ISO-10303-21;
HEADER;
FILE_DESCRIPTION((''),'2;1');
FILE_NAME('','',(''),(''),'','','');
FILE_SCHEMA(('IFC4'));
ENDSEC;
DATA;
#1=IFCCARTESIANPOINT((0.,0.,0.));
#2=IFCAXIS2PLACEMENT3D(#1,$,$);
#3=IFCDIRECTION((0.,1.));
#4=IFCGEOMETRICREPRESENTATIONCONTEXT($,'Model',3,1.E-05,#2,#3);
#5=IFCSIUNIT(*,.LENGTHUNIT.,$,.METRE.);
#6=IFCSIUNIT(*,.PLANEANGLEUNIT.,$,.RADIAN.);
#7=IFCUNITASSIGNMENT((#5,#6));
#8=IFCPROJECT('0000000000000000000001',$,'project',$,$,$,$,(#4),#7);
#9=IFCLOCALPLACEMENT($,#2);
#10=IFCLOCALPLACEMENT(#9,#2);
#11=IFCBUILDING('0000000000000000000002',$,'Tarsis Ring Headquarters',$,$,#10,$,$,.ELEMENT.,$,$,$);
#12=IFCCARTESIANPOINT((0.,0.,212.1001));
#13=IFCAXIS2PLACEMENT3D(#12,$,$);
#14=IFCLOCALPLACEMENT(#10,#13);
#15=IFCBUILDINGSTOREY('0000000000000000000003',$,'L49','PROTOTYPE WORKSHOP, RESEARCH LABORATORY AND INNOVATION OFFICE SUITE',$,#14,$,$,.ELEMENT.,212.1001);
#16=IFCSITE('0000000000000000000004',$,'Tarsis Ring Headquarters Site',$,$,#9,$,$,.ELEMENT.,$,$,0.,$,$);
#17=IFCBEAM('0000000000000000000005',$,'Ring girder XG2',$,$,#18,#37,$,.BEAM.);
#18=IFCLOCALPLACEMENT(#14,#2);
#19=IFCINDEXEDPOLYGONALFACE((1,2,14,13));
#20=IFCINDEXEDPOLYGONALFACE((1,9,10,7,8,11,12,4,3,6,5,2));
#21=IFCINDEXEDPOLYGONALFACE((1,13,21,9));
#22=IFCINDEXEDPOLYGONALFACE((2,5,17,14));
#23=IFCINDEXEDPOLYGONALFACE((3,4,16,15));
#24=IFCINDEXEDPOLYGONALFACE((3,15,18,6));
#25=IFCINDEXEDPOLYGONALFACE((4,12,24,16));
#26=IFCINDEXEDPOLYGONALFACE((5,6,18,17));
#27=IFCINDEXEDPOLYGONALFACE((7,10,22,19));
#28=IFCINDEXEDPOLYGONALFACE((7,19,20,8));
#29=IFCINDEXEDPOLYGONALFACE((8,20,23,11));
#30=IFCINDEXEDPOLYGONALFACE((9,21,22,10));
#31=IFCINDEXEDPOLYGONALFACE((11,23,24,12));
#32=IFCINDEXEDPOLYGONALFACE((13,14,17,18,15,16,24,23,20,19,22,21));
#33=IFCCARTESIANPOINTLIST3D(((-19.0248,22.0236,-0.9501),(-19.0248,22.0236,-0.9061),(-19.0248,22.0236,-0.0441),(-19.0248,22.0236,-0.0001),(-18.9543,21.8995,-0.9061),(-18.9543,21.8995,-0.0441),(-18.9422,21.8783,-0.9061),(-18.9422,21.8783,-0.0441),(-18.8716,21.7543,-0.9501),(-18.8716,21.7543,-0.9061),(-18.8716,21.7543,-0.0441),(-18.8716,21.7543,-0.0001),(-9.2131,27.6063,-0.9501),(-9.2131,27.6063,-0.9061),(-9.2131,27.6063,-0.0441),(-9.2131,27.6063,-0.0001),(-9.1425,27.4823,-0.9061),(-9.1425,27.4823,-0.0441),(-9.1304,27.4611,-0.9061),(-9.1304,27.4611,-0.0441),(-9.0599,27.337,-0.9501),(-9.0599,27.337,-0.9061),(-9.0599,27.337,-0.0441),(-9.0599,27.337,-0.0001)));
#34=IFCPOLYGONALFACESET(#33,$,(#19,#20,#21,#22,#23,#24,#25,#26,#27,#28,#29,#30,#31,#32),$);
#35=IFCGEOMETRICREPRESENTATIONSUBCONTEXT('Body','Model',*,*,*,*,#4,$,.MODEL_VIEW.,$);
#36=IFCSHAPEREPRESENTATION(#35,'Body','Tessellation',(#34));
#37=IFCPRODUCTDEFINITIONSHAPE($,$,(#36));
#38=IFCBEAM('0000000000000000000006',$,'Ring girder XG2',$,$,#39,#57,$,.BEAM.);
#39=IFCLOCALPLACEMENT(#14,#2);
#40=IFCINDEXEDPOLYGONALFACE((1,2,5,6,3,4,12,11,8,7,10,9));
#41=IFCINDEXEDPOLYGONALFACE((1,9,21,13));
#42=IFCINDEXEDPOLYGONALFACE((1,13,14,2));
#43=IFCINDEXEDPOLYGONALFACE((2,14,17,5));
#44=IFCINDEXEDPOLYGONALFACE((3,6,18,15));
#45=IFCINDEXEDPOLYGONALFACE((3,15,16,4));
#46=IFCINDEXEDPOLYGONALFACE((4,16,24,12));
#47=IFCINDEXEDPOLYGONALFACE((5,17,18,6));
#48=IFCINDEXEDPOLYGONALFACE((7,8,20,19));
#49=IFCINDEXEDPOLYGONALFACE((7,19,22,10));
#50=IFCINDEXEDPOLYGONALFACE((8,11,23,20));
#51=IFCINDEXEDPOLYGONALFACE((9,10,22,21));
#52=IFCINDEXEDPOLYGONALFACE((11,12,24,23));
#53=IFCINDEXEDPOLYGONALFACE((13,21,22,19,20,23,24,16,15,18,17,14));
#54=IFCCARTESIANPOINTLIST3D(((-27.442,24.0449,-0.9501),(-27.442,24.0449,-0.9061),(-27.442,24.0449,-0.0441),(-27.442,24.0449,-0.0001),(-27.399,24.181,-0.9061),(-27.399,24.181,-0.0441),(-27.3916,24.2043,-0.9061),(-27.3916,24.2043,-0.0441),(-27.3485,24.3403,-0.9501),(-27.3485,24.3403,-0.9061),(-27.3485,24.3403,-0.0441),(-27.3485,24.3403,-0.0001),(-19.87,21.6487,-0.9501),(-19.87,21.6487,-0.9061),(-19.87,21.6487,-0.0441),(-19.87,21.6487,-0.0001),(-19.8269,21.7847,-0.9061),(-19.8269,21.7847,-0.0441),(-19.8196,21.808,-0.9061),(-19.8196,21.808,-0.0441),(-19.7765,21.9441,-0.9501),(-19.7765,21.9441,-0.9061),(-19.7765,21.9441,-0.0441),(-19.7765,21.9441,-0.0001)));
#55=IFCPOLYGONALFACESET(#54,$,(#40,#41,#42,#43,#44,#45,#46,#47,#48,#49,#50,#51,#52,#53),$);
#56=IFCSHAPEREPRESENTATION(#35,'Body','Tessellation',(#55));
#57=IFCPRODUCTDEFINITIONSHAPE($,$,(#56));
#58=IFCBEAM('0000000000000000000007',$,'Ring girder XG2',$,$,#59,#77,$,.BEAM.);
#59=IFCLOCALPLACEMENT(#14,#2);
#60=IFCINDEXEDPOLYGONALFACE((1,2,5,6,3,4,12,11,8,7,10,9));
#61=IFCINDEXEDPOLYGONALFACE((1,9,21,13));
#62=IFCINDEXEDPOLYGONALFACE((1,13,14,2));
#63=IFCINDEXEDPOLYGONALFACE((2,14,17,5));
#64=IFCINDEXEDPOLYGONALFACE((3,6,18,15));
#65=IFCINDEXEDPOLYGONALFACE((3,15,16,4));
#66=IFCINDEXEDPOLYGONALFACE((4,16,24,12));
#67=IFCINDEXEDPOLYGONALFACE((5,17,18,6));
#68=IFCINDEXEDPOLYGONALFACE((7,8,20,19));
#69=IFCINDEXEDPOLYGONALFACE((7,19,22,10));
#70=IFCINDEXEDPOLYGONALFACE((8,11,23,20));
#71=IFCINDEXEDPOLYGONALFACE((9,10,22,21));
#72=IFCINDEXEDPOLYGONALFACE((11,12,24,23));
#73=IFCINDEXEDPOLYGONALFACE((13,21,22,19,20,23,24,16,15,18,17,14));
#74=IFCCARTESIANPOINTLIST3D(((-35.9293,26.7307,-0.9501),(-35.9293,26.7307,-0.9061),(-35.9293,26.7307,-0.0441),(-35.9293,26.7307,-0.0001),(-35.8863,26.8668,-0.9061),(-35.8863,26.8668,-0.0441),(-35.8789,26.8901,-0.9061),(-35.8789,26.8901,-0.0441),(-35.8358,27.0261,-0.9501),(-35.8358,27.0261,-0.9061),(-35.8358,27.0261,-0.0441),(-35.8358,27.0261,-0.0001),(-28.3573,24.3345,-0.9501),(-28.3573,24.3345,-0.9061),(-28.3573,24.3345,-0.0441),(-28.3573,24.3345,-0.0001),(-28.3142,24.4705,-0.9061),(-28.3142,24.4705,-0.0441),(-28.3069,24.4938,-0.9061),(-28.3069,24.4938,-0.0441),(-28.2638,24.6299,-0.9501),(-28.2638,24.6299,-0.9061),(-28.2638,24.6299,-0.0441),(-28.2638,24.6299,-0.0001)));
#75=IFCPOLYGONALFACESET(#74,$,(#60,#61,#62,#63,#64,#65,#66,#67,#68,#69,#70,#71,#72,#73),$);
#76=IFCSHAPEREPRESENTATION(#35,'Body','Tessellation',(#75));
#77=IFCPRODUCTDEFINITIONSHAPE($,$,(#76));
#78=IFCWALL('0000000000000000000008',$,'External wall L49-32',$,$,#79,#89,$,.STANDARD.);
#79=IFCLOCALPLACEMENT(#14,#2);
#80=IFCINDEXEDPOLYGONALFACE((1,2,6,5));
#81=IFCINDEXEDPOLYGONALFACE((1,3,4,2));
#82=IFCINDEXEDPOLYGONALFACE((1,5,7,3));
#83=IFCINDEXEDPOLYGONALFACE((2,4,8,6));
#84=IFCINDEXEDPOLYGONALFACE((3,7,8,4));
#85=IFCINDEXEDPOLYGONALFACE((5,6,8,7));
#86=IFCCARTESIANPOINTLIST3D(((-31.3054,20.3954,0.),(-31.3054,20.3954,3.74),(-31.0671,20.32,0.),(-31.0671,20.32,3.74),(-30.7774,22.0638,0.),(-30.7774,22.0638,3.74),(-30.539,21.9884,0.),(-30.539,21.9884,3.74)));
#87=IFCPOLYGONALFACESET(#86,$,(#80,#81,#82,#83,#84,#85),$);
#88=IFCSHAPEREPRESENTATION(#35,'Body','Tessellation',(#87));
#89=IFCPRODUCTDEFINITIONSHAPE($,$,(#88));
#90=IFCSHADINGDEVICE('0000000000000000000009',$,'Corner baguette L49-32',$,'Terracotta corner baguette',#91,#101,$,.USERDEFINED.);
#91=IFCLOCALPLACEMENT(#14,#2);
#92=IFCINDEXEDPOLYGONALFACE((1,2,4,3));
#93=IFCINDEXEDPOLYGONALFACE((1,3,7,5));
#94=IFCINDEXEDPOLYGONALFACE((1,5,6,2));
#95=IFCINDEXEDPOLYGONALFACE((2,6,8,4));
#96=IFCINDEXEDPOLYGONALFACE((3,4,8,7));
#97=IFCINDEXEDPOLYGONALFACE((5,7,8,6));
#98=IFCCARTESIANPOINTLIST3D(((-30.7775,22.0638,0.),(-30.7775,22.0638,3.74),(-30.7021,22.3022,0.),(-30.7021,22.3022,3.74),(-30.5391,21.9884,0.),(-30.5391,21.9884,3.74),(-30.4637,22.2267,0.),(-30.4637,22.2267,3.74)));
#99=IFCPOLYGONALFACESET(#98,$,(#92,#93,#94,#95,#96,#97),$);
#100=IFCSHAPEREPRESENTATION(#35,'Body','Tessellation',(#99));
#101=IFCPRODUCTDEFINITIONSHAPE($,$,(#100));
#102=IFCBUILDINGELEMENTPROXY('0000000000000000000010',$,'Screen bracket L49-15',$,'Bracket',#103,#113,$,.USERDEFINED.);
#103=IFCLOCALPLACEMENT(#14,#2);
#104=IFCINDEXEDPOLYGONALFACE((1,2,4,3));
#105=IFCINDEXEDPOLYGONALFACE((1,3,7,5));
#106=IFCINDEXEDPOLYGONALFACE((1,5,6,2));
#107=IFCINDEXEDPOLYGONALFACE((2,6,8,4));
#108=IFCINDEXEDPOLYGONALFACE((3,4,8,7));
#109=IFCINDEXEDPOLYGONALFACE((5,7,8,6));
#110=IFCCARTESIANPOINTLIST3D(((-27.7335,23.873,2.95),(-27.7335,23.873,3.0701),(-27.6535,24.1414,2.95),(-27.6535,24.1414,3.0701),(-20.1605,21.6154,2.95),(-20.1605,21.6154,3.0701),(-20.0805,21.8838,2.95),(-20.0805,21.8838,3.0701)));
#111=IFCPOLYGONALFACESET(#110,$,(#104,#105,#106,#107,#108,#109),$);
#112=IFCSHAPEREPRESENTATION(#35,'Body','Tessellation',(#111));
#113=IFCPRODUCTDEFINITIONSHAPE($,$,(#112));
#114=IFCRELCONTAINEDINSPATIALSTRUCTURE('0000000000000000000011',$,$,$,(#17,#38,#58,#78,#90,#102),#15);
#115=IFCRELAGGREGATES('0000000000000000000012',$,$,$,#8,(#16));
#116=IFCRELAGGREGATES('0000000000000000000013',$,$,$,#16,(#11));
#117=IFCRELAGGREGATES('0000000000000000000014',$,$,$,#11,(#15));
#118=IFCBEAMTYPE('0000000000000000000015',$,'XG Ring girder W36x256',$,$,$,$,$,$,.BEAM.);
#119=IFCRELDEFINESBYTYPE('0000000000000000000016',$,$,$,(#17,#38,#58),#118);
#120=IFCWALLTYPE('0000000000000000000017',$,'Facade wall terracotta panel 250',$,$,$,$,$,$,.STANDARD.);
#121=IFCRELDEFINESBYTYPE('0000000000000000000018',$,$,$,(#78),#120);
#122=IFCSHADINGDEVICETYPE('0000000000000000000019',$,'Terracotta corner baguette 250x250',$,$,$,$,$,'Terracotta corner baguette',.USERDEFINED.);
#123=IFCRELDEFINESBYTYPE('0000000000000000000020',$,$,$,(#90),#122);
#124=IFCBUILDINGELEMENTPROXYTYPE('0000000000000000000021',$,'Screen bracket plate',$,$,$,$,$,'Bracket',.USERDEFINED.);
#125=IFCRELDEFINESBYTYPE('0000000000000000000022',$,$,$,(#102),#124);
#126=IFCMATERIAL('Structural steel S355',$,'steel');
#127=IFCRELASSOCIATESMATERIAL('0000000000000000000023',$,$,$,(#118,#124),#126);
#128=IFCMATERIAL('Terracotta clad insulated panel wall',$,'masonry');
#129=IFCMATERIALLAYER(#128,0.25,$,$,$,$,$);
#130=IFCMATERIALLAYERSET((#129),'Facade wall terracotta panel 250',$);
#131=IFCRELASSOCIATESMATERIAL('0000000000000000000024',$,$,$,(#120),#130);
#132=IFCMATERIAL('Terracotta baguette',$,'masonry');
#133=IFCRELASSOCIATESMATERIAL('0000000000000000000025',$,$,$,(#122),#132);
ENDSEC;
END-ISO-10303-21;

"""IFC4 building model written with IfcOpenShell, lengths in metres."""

from ifc_helpers import new_model, si_unit, direction, frame, frame_2d, origin, origin_2d, place, context, subcontext, project, spatial, rectangle, i_section, extrude, material, layer, layer_set, material_profile, profile_set, type_object, element, save


model = new_model("IFC4")

# Units and contexts
model_context = context("Model", 3, precision=1e-05, world=origin(), true_north=direction((0.0, 1.0)))
body_context = subcontext(model_context, "Body", "Model", "MODEL_VIEW")
ifc_project = project(units=[si_unit("LENGTHUNIT", "METRE"), si_unit("PLANEANGLEUNIT", "RADIAN")], contexts=[model_context])

# Site, building, storey
site_placement = place(None, origin())
site = spatial("IfcSite", under=ifc_project, at=site_placement, Name="Tarsis Ring Headquarters Site", CompositionType="ELEMENT", RefElevation=0.0)
building_placement = place(site_placement, origin())
building = spatial("IfcBuilding", under=site, at=building_placement, Name="Tarsis Ring Headquarters", CompositionType="ELEMENT")
storey_placement = place(building_placement, frame((0.0, 0.0, 212.1001)))
storey = spatial("IfcBuildingStorey", under=building, at=storey_placement, Name="L49", Description="PROTOTYPE WORKSHOP, RESEARCH LABORATORY AND INNOVATION OFFICE SUITE", CompositionType="ELEMENT", Elevation=212.1001)

# Shared definitions
ifc_material_1 = material(Name="Structural steel S355", Category="steel")

# Beams
ifc_material_profile_1 = material_profile(ifc_material_1, i_section(OverallWidth=0.3098, OverallDepth=0.95, WebThickness=0.0244, FlangeThickness=0.0439, at=origin_2d()), Name="W36x256")
ifc_profile_set_1 = profile_set([ifc_material_profile_1], Name="Structural steel S355")
beam_type_1 = type_object("IfcBeamType", Name="XG Ring girder W36x256", PredefinedType="BEAM", material=ifc_profile_set_1)
beam_1_placement = place(storey_placement, frame((-9.1365, 27.4717, -0.4751), z_axis=(-0.869156, -0.494538, 0.0), x_axis=(0.494538, -0.869156, 0.0)))
element("IfcBeam", 1, at=beam_1_placement, inside=storey, type_object=beam_type_1, Name="Ring girder XG2", PredefinedType="BEAM", context=body_context, shape_type="SweptSolid", body=[
    extrude(i_section(OverallWidth=0.3098, OverallDepth=0.95, WebThickness=0.0244, FlangeThickness=0.0439, at=origin_2d()), origin(), (0.0, 0.0, 1.0), 11.2888),
])
for number, where, z_axis, x_axis, name in (
    (2, (-19.8232, 21.7964, -0.4751), (-0.953399, 0.301712, 0.0), (-0.301712, -0.953399, 0.0), "Ring girder XG2"),
    (3, (-28.3105, 24.4822, -0.4751), (-0.953399, 0.301712, 0.0), (-0.301712, -0.953399, 0.0), "Ring girder XG2"),
):
    element("IfcBeam", number, at=place(storey_placement, frame(where, z_axis=z_axis, x_axis=x_axis)), inside=storey, type_object=beam_type_1, Name=name, PredefinedType="BEAM", context=body_context, shape_type="SweptSolid", body=[
        extrude(i_section(OverallWidth=0.3098, OverallDepth=0.95, WebThickness=0.0244, FlangeThickness=0.0439, at=origin_2d()), origin(), (0.0, 0.0, 1.0), 7.9421),
    ])

# Wall
ifc_material_2 = material(Name="Terracotta clad insulated panel wall", Category="masonry")
ifc_layer = layer(ifc_material_2, 0.25)
ifc_layer_set = layer_set([ifc_layer], Name="Facade wall terracotta panel 250")
wall_type = type_object("IfcWallType", Name="Facade wall terracotta panel 250", PredefinedType="STANDARD", material=ifc_layer_set)
wall_placement = place(storey_placement, frame((-30.6582, 22.0261, 0.0), z_axis=(0.0, 0.0, 1.0), x_axis=(-0.301752, -0.953386, 0.0)))
element("IfcWall", 4, at=wall_placement, inside=storey, type_object=wall_type, Name="External wall L49-32", PredefinedType="STANDARD", context=body_context, shape_type="SweptSolid", body=[
    extrude(rectangle(XDim=1.75, YDim=0.25, at=frame_2d((0.875, 0.0))), origin(), (0.0, 0.0, 1.0), 3.74),
])

# Shading device
ifc_material_3 = material(Name="Terracotta baguette", Category="masonry")
shading_device_type_1 = type_object("IfcShadingDeviceType", Name="Terracotta corner baguette 250x250", ElementType="Terracotta corner baguette", PredefinedType="USERDEFINED", material=ifc_material_3)
shading_device_1_placement = place(storey_placement, frame((-30.6206, 22.1453, 0.0), z_axis=(0.0, 0.0, 1.0), x_axis=(-0.953402, 0.301704, 0.0)))
element("IfcShadingDevice", 5, at=shading_device_1_placement, inside=storey, type_object=shading_device_type_1, Name="Corner baguette L49-32", ObjectType="Terracotta corner baguette", PredefinedType="USERDEFINED", context=body_context, shape_type="SweptSolid", body=[
    extrude(rectangle(XDim=0.25, YDim=0.25, at=origin_2d()), origin(), (0.0, 0.0, 1.0), 3.74),
])

# Building element proxy
building_element_proxy_type = type_object("IfcBuildingElementProxyType", Name="Screen bracket plate", ElementType="Bracket", PredefinedType="USERDEFINED", material=ifc_material_1)
proxy_placement = place(storey_placement, frame((-23.907, 22.8784, 2.95), z_axis=(0.0, 0.0, 1.0), x_axis=(-0.958323, 0.285688, 0.0)))
element("IfcBuildingElementProxy", 6, at=proxy_placement, inside=storey, type_object=building_element_proxy_type, Name="Screen bracket L49-15", ObjectType="Bracket", PredefinedType="USERDEFINED", context=body_context, shape_type="SweptSolid", body=[
    extrude(rectangle(XDim=7.9023, YDim=0.28, at=origin_2d()), origin(), (0.0, 0.0, 1.0), 0.1201),
])

save(model, "model.ifc")
